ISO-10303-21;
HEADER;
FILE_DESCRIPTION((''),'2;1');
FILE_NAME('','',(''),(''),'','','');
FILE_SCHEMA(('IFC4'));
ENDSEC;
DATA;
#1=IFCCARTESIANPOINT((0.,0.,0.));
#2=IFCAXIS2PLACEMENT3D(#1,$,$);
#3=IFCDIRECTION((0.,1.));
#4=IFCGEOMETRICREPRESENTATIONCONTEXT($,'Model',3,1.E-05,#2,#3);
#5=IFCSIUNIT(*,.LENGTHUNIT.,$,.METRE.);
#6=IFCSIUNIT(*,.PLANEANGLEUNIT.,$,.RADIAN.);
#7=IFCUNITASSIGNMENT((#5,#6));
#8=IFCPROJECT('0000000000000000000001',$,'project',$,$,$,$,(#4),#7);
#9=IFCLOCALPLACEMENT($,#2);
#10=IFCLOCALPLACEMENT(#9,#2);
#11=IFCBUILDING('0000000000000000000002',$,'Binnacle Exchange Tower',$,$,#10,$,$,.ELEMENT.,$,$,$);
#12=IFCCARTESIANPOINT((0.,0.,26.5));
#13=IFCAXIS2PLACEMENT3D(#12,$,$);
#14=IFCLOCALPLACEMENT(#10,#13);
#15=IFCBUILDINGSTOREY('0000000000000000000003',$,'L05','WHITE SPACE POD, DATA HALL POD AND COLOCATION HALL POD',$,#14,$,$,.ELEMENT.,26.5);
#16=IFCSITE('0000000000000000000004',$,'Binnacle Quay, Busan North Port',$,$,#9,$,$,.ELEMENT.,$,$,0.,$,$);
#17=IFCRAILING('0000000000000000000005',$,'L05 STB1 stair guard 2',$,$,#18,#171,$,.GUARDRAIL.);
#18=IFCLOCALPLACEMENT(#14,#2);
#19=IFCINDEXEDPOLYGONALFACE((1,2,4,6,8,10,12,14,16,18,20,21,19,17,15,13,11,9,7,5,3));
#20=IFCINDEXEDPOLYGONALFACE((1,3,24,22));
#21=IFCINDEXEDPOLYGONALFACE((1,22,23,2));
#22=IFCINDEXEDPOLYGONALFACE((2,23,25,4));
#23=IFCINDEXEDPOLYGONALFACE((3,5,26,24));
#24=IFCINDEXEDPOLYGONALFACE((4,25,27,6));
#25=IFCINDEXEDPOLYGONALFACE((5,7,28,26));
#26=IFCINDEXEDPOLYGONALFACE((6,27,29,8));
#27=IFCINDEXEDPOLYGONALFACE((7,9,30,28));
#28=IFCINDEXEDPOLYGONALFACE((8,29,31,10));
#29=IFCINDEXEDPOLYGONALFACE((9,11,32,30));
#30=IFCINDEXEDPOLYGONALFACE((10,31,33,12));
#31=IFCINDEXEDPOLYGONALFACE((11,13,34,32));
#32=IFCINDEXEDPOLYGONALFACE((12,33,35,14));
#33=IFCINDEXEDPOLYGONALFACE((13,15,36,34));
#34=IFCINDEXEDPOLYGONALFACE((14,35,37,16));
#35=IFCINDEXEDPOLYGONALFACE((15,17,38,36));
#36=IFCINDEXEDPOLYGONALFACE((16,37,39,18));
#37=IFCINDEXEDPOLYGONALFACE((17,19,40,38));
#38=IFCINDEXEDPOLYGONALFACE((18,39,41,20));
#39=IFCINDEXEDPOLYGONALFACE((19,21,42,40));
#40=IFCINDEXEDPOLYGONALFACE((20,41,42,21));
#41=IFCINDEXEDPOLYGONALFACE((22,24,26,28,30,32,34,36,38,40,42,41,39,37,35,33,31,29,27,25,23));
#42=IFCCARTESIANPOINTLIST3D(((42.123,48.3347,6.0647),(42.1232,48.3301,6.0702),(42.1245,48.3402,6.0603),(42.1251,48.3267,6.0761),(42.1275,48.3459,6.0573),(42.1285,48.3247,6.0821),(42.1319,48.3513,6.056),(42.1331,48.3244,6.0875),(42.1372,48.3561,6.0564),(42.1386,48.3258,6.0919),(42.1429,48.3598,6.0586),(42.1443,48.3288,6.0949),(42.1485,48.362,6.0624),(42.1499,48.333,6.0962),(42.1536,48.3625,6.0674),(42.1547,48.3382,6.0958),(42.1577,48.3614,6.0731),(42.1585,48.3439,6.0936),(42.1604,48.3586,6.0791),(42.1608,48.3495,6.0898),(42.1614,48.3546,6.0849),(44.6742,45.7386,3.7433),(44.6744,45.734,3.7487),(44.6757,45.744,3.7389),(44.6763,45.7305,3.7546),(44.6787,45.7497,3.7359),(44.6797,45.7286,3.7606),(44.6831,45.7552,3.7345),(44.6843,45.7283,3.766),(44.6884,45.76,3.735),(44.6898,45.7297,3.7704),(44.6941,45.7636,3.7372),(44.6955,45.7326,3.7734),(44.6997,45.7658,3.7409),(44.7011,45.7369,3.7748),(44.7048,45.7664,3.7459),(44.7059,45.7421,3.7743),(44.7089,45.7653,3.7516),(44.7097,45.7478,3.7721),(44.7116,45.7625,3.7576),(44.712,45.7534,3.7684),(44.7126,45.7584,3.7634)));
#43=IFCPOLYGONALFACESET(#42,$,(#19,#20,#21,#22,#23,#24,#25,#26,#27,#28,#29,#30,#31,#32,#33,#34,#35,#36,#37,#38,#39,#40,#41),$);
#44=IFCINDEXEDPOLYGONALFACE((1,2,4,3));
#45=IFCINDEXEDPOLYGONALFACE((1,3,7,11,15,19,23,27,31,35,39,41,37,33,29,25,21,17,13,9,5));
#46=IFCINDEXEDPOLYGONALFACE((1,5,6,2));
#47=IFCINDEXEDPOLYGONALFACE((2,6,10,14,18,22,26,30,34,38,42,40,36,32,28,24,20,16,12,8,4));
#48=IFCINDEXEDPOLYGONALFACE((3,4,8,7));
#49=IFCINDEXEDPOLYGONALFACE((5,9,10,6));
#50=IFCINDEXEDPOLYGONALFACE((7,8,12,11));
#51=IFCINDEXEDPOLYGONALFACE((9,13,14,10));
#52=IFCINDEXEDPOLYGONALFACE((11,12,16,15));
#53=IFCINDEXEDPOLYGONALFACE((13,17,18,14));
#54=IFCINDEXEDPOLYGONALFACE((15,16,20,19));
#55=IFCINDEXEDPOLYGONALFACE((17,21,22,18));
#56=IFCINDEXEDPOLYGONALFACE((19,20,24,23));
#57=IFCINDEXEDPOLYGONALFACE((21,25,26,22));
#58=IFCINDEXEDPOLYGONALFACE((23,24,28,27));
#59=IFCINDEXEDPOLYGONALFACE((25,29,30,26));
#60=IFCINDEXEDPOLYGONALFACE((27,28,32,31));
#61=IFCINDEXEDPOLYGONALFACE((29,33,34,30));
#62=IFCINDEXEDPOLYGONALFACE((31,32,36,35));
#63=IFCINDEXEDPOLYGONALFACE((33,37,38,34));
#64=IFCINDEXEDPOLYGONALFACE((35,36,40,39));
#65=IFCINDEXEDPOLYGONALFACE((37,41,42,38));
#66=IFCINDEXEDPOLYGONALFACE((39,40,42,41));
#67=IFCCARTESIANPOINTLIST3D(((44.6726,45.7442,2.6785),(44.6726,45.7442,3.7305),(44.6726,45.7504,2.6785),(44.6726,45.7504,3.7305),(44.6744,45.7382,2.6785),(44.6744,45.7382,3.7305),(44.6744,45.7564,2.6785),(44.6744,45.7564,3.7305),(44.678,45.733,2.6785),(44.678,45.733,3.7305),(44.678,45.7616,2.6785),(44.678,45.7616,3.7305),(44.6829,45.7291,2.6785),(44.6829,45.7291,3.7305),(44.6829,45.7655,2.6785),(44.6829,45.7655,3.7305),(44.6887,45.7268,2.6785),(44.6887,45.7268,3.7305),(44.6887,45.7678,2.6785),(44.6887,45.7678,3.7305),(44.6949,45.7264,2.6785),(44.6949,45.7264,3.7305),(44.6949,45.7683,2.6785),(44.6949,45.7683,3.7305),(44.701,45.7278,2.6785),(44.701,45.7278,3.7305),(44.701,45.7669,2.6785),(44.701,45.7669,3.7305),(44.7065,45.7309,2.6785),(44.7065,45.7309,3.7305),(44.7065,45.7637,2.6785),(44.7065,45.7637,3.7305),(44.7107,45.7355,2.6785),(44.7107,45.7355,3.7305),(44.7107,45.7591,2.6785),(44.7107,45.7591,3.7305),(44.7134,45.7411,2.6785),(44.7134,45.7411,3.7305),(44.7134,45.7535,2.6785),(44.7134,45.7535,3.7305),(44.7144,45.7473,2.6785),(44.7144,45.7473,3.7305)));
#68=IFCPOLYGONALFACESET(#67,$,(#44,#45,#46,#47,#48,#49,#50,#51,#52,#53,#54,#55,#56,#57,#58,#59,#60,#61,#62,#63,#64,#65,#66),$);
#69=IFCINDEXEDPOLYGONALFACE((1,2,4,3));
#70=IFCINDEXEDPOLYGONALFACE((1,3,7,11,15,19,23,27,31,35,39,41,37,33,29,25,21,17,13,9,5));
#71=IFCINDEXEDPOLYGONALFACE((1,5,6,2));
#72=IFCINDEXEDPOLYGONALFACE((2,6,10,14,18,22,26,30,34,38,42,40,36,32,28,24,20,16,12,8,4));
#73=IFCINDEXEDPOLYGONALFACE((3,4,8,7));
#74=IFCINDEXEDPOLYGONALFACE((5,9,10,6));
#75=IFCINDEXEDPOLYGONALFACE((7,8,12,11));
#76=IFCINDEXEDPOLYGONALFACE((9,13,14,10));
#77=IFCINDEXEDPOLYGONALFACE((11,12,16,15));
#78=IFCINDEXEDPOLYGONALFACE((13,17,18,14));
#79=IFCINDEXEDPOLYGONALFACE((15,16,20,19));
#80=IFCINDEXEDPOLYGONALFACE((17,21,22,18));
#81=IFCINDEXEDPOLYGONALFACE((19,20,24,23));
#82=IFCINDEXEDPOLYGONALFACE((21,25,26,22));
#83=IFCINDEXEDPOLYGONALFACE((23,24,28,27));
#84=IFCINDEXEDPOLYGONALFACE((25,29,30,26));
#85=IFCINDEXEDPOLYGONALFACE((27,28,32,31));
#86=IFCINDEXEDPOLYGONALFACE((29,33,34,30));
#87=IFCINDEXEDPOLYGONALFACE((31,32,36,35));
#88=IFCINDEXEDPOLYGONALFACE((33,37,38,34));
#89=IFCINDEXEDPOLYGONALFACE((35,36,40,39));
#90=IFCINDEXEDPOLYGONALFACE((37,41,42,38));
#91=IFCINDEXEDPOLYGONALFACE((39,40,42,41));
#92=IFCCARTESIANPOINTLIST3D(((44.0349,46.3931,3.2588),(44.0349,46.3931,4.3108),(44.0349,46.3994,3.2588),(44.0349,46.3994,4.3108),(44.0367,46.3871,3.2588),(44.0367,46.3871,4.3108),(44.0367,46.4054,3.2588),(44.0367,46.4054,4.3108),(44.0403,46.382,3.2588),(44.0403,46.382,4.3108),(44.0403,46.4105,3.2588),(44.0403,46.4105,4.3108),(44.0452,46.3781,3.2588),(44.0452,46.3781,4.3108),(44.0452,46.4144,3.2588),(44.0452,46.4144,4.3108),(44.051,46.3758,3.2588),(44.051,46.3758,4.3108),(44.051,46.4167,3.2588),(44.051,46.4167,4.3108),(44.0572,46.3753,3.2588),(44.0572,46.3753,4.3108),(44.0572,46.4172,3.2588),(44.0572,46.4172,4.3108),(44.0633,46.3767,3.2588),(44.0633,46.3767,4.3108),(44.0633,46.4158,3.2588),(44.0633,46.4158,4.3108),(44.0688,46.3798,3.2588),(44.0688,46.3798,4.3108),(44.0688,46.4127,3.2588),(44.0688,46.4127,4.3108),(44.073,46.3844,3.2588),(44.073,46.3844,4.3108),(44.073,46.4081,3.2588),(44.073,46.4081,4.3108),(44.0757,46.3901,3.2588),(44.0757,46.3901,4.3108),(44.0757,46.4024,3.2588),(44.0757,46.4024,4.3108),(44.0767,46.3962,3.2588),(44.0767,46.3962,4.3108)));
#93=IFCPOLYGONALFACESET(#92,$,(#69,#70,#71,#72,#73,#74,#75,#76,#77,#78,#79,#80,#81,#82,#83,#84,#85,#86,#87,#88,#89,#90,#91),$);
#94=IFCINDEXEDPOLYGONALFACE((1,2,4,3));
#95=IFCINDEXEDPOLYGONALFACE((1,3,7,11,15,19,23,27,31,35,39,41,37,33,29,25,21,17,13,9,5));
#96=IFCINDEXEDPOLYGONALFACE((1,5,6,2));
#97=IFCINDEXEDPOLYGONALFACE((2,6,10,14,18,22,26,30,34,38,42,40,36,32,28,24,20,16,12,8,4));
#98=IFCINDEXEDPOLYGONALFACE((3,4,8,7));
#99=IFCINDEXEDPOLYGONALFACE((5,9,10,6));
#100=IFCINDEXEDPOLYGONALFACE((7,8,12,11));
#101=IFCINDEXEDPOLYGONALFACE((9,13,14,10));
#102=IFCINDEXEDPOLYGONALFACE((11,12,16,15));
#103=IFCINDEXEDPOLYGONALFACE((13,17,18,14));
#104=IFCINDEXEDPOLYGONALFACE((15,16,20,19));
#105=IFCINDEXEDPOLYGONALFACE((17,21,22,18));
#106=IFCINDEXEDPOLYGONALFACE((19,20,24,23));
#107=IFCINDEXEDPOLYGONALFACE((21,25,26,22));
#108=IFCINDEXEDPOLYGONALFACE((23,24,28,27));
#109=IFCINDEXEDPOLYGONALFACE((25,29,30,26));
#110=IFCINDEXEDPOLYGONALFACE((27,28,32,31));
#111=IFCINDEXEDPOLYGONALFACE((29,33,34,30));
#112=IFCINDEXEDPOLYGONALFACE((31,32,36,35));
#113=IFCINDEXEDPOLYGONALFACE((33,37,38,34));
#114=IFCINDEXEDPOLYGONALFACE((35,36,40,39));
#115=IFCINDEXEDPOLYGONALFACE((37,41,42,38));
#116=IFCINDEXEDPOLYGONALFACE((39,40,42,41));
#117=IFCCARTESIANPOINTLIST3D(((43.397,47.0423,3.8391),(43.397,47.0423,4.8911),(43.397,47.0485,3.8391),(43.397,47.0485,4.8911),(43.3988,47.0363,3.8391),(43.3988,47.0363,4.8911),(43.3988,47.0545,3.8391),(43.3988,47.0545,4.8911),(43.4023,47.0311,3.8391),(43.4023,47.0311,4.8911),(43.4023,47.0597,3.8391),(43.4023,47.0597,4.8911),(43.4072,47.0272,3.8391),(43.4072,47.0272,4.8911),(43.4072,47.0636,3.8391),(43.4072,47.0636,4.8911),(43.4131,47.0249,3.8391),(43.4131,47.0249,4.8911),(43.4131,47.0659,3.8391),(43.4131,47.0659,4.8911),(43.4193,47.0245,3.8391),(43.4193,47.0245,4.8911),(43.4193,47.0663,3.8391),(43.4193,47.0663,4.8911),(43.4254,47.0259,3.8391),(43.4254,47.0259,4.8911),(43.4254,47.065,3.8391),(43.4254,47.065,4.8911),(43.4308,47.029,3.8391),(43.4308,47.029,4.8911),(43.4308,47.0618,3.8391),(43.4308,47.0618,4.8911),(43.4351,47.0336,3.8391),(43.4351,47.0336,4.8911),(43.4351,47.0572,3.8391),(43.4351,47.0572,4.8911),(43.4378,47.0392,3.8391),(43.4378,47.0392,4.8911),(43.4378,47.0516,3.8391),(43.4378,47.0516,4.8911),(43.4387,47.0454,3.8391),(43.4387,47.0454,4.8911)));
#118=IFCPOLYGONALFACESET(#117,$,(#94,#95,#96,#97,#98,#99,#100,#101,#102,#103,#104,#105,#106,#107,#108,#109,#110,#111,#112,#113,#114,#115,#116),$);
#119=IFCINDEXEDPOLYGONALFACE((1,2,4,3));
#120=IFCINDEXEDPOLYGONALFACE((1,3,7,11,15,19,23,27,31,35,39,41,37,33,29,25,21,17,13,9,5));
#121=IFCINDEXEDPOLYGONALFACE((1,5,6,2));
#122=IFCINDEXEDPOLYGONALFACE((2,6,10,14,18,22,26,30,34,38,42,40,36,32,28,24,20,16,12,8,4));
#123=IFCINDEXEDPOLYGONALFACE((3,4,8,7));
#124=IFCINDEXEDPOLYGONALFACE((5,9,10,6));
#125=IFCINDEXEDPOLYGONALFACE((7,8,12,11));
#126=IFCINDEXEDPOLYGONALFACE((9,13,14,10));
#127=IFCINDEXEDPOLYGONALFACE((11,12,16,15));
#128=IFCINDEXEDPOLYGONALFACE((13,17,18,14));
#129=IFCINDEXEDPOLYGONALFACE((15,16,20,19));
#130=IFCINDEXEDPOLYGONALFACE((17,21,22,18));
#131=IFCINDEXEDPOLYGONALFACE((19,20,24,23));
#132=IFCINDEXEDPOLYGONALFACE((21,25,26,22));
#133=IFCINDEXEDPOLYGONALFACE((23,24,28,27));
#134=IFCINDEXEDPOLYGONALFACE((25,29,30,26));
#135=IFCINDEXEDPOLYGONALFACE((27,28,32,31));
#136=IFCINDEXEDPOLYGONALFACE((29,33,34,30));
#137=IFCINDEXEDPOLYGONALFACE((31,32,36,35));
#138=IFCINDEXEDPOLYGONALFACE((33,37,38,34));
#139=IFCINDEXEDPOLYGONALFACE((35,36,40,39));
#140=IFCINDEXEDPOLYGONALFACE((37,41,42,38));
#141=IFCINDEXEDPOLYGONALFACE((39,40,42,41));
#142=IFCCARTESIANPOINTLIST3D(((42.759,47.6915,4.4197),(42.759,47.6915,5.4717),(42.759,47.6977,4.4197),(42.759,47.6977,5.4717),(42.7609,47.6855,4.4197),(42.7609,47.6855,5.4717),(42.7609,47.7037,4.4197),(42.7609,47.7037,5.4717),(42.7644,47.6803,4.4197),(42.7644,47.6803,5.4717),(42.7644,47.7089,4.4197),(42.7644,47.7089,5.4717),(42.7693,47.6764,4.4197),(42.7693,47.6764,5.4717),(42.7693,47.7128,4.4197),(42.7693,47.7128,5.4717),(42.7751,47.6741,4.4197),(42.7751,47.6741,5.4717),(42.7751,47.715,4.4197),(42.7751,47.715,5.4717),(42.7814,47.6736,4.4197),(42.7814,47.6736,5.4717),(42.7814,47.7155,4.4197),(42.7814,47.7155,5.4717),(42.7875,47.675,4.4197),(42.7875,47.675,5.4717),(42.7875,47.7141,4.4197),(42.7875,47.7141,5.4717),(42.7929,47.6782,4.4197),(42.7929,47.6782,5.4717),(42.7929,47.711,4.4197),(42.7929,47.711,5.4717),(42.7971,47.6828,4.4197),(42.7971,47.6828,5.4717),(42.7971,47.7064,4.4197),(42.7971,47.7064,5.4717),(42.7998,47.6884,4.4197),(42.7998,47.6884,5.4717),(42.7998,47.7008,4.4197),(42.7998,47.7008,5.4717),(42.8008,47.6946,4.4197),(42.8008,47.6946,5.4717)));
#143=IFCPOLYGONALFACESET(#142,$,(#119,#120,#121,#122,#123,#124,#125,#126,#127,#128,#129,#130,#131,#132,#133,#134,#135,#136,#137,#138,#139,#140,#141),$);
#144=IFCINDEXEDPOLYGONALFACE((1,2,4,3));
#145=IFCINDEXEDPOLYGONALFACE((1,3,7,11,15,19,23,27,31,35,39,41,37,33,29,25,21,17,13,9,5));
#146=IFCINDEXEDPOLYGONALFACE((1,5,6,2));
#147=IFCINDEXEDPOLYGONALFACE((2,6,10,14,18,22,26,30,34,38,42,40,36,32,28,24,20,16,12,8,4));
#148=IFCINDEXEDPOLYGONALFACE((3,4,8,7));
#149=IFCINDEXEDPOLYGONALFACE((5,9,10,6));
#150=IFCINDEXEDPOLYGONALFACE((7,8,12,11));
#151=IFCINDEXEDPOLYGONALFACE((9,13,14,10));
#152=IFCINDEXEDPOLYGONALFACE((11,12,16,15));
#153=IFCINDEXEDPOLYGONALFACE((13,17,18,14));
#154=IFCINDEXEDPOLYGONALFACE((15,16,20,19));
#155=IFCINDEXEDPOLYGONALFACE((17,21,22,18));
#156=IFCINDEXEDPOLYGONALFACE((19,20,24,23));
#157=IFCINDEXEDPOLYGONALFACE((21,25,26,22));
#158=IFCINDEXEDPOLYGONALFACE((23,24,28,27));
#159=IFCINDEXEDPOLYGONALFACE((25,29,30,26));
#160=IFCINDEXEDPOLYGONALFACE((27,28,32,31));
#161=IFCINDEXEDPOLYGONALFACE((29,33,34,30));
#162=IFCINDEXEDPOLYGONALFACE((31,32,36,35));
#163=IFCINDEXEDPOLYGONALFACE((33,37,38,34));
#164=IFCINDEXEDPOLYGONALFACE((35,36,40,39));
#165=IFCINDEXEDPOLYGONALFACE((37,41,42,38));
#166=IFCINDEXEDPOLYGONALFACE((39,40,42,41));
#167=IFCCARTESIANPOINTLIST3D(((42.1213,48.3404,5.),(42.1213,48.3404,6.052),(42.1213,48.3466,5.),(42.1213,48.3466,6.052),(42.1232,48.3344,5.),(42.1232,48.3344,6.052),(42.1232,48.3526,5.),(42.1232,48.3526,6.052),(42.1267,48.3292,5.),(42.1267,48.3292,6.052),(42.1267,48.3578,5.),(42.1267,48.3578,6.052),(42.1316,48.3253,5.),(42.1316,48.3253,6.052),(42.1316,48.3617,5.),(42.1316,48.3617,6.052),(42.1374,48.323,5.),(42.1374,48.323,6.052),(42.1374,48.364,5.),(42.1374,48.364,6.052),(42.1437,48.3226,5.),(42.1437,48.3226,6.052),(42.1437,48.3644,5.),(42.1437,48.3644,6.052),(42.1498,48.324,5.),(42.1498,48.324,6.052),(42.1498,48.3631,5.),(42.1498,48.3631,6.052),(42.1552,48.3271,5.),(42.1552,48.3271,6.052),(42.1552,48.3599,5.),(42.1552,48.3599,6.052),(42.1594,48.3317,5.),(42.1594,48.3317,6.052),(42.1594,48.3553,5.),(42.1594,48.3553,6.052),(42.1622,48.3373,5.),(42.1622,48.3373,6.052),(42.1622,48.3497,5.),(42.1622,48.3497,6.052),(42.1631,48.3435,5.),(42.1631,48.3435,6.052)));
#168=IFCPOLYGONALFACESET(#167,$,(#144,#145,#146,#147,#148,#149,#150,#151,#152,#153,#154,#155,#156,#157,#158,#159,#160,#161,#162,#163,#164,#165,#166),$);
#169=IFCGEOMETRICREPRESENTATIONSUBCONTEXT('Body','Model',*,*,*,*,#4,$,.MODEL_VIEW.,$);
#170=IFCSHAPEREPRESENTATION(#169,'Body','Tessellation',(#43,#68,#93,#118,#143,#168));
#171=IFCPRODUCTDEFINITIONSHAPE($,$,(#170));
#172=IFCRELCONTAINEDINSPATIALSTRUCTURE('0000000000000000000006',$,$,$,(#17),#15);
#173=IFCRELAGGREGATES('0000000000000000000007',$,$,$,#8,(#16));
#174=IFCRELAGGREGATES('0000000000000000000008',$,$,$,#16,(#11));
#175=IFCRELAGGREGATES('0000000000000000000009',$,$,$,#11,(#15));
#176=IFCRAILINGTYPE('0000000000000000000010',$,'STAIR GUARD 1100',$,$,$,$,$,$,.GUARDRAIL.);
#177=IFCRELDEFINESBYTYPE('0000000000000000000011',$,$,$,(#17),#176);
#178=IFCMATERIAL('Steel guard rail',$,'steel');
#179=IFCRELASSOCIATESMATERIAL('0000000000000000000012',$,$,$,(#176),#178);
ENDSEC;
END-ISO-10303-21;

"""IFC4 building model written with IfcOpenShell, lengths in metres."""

from ifc_helpers import new_model, si_unit, direction, frame, origin, origin_2d, place, context, subcontext, project, spatial, circle, extrude, material, type_object, element, save


model = new_model("IFC4")

# Units and contexts
model_context = context("Model", 3, precision=1e-05, world=origin(), true_north=direction((0.0, 1.0)))
body_context = subcontext(model_context, "Body", "Model", "MODEL_VIEW")
ifc_project = project(units=[si_unit("LENGTHUNIT", "METRE"), si_unit("PLANEANGLEUNIT", "RADIAN")], contexts=[model_context])

# Site, building, storey
site_placement = place(None, origin())
site = spatial("IfcSite", under=ifc_project, at=site_placement, Name="Binnacle Quay, Busan North Port", CompositionType="ELEMENT", RefElevation=0.0)
building_placement = place(site_placement, origin())
building = spatial("IfcBuilding", under=site, at=building_placement, Name="Binnacle Exchange Tower", CompositionType="ELEMENT")
storey_placement = place(building_placement, frame((0.0, 0.0, 26.5)))
storey = spatial("IfcBuildingStorey", under=building, at=storey_placement, Name="L05", Description="WHITE SPACE POD, DATA HALL POD AND COLOCATION HALL POD", CompositionType="ELEMENT", Elevation=26.5)

# Railing
ifc_material_1 = material(Name="Steel guard rail", Category="steel")
railing_type_1 = type_object("IfcRailingType", Name="STAIR GUARD 1100", PredefinedType="GUARDRAIL", material=ifc_material_1)
railing_1_placement = place(storey_placement, frame((44.6934, 45.7473, 2.6785)))
element("IfcRailing", 1, at=railing_1_placement, inside=storey, type_object=railing_type_1, Name="L05 STB1 stair guard 2", PredefinedType="GUARDRAIL", context=body_context, shape_type="SweptSolid", body=[
    extrude(circle(Radius=0.0239, at=origin_2d()), frame((0.0, 0.0, 1.0762), z_axis=(-0.590947, 0.601352, 0.537733), x_axis=(-0.713251, -0.700909, 0.0)), (0.0, 0.0, 1.0), 4.3171),
    extrude(circle(Radius=0.021, at=origin_2d()), origin(), (0.0, 0.0, 1.0), 1.052),
    extrude(circle(Radius=0.021, at=origin_2d()), frame((-0.6377, 0.6489, 0.5803)), (0.0, 0.0, 1.0), 1.052),
    extrude(circle(Radius=0.021, at=origin_2d()), frame((-1.2756, 1.2981, 1.1606)), (0.0, 0.0, 1.0), 1.052),
    extrude(circle(Radius=0.021, at=origin_2d()), frame((-1.9136, 1.9473, 1.7412)), (0.0, 0.0, 1.0), 1.052),
    extrude(circle(Radius=0.021, at=origin_2d()), frame((-2.5513, 2.5962, 2.3215)), (0.0, 0.0, 1.0), 1.052),
])

save(model, "model.ifc")
